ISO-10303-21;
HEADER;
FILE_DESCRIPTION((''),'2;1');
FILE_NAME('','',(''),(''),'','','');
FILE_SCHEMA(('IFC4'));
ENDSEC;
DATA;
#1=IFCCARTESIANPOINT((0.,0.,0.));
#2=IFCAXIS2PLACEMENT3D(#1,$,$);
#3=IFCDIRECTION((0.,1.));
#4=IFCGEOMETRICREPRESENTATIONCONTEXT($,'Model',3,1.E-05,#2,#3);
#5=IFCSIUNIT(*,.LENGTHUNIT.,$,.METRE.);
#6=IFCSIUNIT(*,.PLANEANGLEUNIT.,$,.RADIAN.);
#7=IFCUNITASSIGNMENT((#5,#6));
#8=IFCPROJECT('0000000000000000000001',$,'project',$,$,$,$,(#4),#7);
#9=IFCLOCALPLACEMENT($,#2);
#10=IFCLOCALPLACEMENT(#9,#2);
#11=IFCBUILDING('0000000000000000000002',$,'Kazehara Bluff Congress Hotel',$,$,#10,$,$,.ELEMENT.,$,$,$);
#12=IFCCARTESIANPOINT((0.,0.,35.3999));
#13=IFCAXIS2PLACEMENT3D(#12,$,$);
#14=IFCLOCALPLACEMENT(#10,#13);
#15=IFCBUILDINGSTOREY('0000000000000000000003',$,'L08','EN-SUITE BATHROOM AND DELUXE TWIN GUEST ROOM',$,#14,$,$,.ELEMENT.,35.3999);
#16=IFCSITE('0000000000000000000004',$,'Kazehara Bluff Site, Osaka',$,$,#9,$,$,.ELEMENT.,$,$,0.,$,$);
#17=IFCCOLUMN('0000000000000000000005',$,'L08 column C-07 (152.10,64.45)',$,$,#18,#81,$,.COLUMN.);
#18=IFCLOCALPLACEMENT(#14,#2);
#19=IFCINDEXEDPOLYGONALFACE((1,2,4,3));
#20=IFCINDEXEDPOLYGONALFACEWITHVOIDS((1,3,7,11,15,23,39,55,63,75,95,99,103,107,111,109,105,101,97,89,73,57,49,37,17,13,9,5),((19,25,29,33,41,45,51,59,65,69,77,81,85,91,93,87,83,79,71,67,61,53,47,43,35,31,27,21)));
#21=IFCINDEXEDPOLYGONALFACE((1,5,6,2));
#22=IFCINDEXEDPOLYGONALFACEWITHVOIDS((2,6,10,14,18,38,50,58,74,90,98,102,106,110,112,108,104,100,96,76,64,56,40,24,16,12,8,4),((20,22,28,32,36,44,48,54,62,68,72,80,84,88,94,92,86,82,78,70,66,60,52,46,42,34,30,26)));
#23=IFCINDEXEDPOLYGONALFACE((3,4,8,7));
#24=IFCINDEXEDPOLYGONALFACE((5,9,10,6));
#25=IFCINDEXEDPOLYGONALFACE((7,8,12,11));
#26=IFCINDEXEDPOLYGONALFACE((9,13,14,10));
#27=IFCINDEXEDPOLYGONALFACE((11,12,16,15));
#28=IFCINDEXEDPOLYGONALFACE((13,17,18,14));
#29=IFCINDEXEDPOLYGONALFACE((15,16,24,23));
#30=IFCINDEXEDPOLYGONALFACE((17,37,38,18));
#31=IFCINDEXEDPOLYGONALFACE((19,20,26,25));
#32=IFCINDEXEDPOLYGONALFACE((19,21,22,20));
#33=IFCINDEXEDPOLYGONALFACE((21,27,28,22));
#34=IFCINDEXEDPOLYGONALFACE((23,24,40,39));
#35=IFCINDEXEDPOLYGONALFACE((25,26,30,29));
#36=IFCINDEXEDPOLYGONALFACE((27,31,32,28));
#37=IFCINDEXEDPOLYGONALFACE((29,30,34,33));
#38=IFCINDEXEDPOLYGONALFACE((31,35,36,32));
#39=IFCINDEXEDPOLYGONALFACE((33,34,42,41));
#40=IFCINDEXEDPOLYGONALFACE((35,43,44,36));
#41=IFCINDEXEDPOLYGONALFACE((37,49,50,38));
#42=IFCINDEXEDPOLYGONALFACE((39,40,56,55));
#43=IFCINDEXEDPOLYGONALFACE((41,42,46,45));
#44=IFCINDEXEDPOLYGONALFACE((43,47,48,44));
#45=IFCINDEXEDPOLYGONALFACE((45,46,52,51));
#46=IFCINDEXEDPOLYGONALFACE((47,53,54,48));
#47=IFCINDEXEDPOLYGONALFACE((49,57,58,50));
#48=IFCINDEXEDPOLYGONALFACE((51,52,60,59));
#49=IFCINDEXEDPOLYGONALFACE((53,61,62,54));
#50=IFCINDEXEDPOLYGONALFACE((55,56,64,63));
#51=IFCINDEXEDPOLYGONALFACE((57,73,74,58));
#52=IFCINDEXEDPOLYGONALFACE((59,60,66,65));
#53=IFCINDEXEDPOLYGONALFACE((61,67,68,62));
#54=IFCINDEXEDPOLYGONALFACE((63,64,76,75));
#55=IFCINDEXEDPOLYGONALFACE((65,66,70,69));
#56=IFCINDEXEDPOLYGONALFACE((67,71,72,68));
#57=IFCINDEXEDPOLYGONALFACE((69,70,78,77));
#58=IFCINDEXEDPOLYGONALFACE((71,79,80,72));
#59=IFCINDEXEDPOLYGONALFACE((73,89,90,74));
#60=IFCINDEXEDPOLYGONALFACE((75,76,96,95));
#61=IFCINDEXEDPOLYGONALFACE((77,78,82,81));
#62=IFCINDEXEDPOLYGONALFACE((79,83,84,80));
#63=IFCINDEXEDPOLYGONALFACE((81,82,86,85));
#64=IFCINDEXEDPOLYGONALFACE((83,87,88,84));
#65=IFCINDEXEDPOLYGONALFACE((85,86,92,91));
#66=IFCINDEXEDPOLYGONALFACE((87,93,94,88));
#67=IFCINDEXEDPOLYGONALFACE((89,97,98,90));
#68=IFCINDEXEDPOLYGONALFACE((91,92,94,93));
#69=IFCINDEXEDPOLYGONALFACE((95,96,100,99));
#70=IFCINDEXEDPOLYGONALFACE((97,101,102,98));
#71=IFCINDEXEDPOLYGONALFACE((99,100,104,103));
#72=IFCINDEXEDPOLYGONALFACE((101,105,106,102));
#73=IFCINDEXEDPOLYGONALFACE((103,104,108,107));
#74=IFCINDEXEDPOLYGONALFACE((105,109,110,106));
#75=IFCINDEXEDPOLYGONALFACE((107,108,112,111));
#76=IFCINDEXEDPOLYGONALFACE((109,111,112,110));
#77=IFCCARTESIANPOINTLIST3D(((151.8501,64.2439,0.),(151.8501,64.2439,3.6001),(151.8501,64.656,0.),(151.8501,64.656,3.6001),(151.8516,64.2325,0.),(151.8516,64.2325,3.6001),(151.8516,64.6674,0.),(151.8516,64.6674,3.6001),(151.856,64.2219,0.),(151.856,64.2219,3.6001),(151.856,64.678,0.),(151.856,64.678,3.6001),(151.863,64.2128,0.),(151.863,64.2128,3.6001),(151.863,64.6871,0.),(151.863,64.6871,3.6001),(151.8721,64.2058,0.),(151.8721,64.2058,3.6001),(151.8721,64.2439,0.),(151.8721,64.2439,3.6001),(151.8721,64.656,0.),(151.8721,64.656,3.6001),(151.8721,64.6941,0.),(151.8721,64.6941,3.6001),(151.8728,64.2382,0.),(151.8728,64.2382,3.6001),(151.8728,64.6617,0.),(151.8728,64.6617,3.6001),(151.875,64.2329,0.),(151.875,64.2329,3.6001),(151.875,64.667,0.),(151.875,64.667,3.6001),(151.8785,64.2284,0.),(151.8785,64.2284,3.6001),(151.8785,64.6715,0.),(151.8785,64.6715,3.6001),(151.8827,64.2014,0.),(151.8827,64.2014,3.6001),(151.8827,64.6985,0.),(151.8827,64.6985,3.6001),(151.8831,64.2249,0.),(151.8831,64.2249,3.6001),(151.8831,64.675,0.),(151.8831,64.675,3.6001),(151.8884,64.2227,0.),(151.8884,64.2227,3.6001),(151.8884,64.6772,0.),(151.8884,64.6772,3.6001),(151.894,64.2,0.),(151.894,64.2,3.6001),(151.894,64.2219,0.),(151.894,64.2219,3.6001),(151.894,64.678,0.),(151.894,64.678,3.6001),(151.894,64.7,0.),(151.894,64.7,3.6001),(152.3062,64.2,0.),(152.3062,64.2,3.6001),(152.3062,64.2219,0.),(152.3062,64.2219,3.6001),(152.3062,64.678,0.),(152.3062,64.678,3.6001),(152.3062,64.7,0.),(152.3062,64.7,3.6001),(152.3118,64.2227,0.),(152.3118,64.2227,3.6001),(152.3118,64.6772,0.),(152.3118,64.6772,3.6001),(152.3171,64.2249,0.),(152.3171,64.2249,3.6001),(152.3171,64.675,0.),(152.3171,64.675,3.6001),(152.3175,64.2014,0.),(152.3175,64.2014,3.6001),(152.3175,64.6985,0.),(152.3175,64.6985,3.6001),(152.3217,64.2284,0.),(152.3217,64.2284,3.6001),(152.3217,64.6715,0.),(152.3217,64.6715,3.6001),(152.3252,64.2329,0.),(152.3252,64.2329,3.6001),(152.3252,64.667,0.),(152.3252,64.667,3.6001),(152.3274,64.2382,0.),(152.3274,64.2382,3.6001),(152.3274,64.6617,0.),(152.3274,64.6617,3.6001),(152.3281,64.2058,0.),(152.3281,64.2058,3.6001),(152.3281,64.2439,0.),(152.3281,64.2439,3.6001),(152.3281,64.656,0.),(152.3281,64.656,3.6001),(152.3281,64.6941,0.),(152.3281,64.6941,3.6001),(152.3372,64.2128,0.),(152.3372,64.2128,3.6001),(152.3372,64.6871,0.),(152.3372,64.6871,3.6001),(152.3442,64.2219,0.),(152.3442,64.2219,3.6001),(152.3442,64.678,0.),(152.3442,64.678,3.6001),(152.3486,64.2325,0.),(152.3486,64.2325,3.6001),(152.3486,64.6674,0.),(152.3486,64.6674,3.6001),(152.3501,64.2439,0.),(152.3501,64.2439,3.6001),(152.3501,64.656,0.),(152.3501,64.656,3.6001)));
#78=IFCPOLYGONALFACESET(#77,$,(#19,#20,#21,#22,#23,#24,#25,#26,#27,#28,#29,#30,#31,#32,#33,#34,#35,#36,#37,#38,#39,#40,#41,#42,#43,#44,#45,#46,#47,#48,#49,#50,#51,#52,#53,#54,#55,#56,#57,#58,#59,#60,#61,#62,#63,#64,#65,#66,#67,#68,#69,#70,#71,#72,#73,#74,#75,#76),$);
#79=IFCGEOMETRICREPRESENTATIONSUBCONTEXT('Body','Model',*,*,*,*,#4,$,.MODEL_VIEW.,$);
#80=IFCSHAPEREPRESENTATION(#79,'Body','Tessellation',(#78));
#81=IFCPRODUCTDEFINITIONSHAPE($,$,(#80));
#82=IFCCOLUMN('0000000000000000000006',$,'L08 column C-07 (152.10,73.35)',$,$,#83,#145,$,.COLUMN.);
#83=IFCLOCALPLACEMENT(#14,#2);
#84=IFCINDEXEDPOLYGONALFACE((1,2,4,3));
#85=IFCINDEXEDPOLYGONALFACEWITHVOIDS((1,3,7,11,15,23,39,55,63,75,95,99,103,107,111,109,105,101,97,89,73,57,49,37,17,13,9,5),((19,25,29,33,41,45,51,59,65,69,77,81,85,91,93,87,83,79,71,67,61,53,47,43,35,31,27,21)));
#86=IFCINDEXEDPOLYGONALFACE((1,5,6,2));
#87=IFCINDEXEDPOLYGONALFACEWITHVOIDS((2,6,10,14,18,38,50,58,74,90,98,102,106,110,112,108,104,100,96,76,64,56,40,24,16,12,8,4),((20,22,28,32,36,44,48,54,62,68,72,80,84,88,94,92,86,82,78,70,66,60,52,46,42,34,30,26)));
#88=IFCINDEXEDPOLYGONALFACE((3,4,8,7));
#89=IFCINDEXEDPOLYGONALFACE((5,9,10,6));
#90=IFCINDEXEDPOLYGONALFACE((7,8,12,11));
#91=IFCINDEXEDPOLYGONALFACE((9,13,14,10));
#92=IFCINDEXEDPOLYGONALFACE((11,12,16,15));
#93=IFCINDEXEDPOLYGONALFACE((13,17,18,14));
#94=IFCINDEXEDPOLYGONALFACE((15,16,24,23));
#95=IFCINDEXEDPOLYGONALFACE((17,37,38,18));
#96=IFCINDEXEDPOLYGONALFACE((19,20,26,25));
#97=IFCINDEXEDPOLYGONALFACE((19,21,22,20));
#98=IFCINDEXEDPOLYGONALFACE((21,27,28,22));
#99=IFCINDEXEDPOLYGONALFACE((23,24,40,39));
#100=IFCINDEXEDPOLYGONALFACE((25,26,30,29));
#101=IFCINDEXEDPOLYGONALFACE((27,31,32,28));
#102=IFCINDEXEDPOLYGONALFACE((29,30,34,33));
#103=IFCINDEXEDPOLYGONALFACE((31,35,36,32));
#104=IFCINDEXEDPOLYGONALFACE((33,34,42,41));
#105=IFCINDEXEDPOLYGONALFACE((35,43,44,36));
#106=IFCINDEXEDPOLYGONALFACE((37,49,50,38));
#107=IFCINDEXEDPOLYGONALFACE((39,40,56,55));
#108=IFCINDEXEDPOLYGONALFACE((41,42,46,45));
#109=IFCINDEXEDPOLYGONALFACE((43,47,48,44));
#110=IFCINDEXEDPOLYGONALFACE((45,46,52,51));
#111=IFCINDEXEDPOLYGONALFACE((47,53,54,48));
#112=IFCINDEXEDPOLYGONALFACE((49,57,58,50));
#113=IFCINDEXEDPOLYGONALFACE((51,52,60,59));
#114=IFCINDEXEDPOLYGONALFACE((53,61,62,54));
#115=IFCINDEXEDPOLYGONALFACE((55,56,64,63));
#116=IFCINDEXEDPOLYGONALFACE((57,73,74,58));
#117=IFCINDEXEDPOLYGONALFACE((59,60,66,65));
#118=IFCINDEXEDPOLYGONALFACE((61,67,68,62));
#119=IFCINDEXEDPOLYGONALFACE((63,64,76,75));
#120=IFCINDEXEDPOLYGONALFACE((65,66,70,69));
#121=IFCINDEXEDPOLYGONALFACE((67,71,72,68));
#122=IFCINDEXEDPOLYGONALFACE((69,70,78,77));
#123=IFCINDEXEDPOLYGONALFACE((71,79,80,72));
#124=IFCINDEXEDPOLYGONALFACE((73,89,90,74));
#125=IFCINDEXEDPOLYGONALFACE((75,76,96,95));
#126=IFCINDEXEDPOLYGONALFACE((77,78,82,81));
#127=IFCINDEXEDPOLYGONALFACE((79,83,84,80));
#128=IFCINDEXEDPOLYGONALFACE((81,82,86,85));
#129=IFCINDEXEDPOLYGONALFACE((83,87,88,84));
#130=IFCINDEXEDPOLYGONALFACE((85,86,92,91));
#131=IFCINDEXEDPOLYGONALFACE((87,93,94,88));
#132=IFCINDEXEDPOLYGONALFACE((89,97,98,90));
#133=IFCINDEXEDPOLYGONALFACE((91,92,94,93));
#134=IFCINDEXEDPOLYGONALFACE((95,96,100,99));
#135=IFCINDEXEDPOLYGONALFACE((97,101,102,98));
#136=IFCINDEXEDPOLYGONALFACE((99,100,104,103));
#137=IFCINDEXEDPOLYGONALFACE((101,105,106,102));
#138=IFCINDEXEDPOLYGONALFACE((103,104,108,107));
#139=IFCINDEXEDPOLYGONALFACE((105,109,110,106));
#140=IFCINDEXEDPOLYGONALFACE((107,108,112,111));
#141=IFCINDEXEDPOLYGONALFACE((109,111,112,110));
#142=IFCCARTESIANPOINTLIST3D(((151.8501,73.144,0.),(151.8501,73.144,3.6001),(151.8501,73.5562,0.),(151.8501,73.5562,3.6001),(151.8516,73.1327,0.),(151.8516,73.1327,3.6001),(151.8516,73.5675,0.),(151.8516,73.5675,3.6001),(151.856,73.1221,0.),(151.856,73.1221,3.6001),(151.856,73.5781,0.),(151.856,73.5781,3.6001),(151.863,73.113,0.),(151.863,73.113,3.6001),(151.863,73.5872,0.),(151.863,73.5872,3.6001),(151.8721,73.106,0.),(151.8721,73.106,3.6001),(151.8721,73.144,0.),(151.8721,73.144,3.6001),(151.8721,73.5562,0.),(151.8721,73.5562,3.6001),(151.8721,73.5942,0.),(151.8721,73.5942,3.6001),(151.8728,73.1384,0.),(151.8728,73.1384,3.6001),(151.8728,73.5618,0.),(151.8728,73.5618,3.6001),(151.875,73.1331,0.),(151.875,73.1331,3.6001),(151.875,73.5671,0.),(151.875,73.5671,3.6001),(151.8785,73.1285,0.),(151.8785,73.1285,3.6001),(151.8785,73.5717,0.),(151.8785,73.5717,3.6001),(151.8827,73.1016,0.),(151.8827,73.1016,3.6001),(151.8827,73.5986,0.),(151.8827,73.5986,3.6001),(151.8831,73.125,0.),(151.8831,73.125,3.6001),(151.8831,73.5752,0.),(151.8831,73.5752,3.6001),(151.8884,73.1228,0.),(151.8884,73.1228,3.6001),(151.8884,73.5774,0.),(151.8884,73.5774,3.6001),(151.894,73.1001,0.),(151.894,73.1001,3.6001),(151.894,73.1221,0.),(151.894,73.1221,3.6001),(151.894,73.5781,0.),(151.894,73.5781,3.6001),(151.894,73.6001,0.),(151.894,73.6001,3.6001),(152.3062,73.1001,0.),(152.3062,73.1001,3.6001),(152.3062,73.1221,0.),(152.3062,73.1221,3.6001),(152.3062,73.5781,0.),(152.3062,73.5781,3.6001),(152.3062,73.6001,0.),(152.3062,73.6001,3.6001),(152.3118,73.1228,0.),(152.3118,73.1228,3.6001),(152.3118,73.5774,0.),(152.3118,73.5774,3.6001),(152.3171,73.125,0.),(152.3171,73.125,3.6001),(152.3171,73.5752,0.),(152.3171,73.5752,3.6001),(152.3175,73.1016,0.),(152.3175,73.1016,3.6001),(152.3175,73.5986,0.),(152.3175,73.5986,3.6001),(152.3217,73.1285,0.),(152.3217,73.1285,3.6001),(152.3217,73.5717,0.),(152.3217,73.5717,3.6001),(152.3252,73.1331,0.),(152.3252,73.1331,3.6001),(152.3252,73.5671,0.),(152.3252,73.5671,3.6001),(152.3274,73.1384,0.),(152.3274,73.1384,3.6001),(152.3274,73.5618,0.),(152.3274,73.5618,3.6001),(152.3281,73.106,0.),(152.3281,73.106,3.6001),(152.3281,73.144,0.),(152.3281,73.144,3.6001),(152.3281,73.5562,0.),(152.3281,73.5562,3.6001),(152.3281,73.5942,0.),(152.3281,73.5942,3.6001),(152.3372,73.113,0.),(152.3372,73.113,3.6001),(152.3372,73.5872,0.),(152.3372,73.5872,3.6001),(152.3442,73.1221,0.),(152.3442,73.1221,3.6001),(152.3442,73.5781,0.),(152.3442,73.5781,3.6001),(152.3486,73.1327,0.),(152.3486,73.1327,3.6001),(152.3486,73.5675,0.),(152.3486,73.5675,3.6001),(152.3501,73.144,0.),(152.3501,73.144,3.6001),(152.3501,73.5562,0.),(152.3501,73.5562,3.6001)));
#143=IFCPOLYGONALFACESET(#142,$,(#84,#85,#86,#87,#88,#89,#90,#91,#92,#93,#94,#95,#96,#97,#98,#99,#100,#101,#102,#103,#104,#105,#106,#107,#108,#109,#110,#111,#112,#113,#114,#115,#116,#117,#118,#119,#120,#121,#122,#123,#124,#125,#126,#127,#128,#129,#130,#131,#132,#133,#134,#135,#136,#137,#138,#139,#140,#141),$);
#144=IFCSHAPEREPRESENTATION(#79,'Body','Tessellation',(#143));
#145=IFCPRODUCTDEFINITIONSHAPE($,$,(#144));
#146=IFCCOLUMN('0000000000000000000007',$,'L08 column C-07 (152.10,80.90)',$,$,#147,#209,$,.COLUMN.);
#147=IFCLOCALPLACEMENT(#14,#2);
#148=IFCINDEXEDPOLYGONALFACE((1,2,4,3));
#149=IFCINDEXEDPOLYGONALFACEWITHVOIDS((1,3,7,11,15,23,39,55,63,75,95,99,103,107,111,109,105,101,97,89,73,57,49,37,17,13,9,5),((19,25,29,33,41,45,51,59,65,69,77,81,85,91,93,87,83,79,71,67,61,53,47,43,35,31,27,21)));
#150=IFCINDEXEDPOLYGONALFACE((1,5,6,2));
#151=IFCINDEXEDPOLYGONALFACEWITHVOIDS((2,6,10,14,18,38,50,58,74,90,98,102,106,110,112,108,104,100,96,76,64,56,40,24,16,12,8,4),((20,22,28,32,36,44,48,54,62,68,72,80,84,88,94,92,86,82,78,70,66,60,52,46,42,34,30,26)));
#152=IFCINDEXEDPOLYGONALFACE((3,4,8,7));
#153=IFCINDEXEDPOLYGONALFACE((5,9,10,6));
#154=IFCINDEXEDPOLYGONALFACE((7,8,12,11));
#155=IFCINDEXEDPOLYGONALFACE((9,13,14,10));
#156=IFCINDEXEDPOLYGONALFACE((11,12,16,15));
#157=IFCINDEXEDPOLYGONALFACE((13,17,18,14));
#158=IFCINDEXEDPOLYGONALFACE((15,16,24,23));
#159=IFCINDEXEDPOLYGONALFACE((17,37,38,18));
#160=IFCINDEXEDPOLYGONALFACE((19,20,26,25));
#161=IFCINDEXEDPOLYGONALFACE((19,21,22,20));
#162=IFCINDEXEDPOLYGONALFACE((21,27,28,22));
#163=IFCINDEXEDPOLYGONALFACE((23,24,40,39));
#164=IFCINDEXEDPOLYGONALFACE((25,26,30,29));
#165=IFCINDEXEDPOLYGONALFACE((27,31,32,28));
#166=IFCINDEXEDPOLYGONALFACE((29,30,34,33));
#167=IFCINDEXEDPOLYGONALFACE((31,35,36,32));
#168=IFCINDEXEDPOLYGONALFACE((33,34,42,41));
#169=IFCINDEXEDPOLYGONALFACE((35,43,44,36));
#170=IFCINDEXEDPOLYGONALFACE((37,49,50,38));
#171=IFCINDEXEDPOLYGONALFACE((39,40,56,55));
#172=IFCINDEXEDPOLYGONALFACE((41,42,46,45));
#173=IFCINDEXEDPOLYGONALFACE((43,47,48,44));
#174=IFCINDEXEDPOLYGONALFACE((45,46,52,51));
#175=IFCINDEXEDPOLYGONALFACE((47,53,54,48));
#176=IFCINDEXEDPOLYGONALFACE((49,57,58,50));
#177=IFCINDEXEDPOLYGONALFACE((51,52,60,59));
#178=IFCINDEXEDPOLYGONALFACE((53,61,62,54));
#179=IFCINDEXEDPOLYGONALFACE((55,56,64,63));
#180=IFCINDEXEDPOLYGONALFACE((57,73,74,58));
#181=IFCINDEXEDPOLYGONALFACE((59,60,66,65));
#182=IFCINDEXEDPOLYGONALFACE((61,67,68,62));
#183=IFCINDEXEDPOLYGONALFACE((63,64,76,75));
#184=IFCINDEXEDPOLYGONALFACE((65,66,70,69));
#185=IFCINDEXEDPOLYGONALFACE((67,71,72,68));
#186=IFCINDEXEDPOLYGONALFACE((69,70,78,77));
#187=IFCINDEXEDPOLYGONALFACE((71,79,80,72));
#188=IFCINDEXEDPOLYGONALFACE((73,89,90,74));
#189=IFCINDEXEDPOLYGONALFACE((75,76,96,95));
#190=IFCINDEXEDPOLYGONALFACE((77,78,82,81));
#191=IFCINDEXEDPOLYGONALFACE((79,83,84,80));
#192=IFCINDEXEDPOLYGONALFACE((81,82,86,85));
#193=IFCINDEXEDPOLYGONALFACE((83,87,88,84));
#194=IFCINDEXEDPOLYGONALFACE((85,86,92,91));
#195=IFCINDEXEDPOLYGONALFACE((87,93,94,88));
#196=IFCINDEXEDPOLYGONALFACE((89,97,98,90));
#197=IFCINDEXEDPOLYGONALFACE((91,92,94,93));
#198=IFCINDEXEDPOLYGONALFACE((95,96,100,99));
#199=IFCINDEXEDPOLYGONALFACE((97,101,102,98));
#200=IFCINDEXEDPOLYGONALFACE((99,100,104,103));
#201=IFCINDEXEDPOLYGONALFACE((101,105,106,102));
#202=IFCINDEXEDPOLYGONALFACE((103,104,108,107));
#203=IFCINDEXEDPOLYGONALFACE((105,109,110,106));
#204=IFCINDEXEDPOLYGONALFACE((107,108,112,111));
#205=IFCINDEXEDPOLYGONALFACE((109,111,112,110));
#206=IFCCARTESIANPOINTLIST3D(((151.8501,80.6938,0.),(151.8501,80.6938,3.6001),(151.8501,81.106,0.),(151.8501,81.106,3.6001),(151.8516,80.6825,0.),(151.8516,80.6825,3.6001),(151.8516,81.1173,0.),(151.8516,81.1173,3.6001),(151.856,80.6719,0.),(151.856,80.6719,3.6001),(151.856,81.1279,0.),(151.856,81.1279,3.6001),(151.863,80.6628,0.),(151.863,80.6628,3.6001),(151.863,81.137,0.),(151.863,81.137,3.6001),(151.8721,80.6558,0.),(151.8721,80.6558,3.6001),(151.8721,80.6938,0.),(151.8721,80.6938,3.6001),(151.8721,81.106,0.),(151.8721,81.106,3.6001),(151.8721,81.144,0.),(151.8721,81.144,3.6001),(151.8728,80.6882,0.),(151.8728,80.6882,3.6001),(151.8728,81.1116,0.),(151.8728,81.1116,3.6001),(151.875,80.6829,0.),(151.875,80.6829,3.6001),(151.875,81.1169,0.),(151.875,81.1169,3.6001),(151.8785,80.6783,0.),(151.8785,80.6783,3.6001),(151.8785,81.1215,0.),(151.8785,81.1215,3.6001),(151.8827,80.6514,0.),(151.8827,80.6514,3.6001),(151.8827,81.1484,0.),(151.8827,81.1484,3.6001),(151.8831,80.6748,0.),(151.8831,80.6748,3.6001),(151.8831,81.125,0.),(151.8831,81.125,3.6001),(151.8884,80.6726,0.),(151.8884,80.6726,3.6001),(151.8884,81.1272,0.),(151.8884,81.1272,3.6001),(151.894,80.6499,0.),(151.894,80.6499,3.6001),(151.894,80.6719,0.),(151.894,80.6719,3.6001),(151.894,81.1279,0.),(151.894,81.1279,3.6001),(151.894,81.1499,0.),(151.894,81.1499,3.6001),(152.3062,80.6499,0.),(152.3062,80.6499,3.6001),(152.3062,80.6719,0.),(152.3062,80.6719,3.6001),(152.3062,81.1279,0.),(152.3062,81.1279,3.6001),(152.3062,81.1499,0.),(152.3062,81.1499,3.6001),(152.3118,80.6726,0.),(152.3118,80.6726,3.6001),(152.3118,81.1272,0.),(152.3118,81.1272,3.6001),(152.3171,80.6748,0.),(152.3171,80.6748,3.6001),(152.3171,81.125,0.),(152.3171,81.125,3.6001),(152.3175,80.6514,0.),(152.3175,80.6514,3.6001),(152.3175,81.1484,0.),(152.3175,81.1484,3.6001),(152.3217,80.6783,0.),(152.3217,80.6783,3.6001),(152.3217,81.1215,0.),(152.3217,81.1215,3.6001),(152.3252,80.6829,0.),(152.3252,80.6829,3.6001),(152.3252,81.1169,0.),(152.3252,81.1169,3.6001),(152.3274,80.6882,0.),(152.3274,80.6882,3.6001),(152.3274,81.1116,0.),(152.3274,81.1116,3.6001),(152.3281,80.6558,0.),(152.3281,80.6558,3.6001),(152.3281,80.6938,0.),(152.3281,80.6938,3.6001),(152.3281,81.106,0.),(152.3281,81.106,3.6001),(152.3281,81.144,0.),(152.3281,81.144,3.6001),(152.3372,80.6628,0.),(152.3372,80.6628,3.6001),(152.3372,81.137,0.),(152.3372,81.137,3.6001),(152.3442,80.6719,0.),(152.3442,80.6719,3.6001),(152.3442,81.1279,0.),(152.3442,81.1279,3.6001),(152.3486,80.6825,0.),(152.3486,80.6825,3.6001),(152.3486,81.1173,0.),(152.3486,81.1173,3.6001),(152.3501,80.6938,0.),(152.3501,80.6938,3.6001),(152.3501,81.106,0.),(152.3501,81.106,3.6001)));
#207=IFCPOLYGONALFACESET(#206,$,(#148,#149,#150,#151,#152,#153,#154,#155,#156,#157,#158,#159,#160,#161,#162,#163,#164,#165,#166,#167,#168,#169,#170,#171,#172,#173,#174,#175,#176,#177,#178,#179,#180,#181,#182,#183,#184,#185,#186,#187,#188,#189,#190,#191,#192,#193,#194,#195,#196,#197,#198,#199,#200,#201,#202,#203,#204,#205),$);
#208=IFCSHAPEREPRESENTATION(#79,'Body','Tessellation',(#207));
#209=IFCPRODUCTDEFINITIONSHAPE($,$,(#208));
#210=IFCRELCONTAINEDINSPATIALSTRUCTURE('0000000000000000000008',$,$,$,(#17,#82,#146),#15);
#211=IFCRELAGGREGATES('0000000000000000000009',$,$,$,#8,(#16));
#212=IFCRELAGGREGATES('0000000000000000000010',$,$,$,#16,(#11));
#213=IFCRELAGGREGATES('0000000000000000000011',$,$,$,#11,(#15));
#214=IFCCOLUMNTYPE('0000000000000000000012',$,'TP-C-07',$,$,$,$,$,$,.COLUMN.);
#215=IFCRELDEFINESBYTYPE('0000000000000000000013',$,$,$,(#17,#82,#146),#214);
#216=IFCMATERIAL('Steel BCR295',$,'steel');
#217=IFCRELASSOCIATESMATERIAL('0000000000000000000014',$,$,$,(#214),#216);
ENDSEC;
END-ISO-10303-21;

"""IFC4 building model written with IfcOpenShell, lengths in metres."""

from ifc_helpers import new_model, si_unit, direction, frame, origin, origin_2d, place, context, subcontext, project, spatial, hollow_rectangle, extrude, material, material_profile, profile_set, type_object, element, save


model = new_model("IFC4")

# Units and contexts
model_context = context("Model", 3, precision=1e-05, world=origin(), true_north=direction((0.0, 1.0)))
body_context = subcontext(model_context, "Body", "Model", "MODEL_VIEW")
ifc_project = project(units=[si_unit("LENGTHUNIT", "METRE"), si_unit("PLANEANGLEUNIT", "RADIAN")], contexts=[model_context])

# Site, building, storey
site_placement = place(None, origin())
site = spatial("IfcSite", under=ifc_project, at=site_placement, Name="Kazehara Bluff Site, Osaka", CompositionType="ELEMENT", RefElevation=0.0)
building_placement = place(site_placement, origin())
building = spatial("IfcBuilding", under=site, at=building_placement, Name="Kazehara Bluff Congress Hotel", CompositionType="ELEMENT")
storey_placement = place(building_placement, frame((0.0, 0.0, 35.3999)))
storey = spatial("IfcBuildingStorey", under=building, at=storey_placement, Name="L08", Description="EN-SUITE BATHROOM AND DELUXE TWIN GUEST ROOM", CompositionType="ELEMENT", Elevation=35.3999)

# Columns
ifc_material_1 = material(Name="Steel BCR295", Category="steel")
ifc_material_profile_1 = material_profile(ifc_material_1, hollow_rectangle(XDim=0.5, YDim=0.5, WallThickness=0.022, InnerFilletRadius=0.022, OuterFilletRadius=0.0439, at=origin_2d()))
ifc_profile_set_1 = profile_set([ifc_material_profile_1], Name="Steel BCR295")
column_type = type_object("IfcColumnType", Name="TP-C-07", PredefinedType="COLUMN", material=ifc_profile_set_1)
for number, where, z_axis, x_axis, name in (
    (1, (152.1001, 64.45, 0.0), (0.0, 0.0, 1.0), (1.0, 0.0, 0.0), "L08 column C-07 (152.10,64.45)"),
    (2, (152.1001, 73.3501, 0.0), (0.0, 0.0, 1.0), (1.0, 0.0, 0.0), "L08 column C-07 (152.10,73.35)"),
    (3, (152.1001, 80.8999, 0.0), (0.0, 0.0, 1.0), (1.0, 0.0, 0.0), "L08 column C-07 (152.10,80.90)"),
):
    element("IfcColumn", number, at=place(storey_placement, frame(where, z_axis=z_axis, x_axis=x_axis)), inside=storey, type_object=column_type, Name=name, PredefinedType="COLUMN", context=body_context, shape_type="SweptSolid", body=[
        extrude(hollow_rectangle(XDim=0.5, YDim=0.5, WallThickness=0.022, InnerFilletRadius=0.022, OuterFilletRadius=0.0439, at=origin_2d()), origin(), (0.0, 0.0, 1.0), 3.6001),
    ])

save(model, "model.ifc")
